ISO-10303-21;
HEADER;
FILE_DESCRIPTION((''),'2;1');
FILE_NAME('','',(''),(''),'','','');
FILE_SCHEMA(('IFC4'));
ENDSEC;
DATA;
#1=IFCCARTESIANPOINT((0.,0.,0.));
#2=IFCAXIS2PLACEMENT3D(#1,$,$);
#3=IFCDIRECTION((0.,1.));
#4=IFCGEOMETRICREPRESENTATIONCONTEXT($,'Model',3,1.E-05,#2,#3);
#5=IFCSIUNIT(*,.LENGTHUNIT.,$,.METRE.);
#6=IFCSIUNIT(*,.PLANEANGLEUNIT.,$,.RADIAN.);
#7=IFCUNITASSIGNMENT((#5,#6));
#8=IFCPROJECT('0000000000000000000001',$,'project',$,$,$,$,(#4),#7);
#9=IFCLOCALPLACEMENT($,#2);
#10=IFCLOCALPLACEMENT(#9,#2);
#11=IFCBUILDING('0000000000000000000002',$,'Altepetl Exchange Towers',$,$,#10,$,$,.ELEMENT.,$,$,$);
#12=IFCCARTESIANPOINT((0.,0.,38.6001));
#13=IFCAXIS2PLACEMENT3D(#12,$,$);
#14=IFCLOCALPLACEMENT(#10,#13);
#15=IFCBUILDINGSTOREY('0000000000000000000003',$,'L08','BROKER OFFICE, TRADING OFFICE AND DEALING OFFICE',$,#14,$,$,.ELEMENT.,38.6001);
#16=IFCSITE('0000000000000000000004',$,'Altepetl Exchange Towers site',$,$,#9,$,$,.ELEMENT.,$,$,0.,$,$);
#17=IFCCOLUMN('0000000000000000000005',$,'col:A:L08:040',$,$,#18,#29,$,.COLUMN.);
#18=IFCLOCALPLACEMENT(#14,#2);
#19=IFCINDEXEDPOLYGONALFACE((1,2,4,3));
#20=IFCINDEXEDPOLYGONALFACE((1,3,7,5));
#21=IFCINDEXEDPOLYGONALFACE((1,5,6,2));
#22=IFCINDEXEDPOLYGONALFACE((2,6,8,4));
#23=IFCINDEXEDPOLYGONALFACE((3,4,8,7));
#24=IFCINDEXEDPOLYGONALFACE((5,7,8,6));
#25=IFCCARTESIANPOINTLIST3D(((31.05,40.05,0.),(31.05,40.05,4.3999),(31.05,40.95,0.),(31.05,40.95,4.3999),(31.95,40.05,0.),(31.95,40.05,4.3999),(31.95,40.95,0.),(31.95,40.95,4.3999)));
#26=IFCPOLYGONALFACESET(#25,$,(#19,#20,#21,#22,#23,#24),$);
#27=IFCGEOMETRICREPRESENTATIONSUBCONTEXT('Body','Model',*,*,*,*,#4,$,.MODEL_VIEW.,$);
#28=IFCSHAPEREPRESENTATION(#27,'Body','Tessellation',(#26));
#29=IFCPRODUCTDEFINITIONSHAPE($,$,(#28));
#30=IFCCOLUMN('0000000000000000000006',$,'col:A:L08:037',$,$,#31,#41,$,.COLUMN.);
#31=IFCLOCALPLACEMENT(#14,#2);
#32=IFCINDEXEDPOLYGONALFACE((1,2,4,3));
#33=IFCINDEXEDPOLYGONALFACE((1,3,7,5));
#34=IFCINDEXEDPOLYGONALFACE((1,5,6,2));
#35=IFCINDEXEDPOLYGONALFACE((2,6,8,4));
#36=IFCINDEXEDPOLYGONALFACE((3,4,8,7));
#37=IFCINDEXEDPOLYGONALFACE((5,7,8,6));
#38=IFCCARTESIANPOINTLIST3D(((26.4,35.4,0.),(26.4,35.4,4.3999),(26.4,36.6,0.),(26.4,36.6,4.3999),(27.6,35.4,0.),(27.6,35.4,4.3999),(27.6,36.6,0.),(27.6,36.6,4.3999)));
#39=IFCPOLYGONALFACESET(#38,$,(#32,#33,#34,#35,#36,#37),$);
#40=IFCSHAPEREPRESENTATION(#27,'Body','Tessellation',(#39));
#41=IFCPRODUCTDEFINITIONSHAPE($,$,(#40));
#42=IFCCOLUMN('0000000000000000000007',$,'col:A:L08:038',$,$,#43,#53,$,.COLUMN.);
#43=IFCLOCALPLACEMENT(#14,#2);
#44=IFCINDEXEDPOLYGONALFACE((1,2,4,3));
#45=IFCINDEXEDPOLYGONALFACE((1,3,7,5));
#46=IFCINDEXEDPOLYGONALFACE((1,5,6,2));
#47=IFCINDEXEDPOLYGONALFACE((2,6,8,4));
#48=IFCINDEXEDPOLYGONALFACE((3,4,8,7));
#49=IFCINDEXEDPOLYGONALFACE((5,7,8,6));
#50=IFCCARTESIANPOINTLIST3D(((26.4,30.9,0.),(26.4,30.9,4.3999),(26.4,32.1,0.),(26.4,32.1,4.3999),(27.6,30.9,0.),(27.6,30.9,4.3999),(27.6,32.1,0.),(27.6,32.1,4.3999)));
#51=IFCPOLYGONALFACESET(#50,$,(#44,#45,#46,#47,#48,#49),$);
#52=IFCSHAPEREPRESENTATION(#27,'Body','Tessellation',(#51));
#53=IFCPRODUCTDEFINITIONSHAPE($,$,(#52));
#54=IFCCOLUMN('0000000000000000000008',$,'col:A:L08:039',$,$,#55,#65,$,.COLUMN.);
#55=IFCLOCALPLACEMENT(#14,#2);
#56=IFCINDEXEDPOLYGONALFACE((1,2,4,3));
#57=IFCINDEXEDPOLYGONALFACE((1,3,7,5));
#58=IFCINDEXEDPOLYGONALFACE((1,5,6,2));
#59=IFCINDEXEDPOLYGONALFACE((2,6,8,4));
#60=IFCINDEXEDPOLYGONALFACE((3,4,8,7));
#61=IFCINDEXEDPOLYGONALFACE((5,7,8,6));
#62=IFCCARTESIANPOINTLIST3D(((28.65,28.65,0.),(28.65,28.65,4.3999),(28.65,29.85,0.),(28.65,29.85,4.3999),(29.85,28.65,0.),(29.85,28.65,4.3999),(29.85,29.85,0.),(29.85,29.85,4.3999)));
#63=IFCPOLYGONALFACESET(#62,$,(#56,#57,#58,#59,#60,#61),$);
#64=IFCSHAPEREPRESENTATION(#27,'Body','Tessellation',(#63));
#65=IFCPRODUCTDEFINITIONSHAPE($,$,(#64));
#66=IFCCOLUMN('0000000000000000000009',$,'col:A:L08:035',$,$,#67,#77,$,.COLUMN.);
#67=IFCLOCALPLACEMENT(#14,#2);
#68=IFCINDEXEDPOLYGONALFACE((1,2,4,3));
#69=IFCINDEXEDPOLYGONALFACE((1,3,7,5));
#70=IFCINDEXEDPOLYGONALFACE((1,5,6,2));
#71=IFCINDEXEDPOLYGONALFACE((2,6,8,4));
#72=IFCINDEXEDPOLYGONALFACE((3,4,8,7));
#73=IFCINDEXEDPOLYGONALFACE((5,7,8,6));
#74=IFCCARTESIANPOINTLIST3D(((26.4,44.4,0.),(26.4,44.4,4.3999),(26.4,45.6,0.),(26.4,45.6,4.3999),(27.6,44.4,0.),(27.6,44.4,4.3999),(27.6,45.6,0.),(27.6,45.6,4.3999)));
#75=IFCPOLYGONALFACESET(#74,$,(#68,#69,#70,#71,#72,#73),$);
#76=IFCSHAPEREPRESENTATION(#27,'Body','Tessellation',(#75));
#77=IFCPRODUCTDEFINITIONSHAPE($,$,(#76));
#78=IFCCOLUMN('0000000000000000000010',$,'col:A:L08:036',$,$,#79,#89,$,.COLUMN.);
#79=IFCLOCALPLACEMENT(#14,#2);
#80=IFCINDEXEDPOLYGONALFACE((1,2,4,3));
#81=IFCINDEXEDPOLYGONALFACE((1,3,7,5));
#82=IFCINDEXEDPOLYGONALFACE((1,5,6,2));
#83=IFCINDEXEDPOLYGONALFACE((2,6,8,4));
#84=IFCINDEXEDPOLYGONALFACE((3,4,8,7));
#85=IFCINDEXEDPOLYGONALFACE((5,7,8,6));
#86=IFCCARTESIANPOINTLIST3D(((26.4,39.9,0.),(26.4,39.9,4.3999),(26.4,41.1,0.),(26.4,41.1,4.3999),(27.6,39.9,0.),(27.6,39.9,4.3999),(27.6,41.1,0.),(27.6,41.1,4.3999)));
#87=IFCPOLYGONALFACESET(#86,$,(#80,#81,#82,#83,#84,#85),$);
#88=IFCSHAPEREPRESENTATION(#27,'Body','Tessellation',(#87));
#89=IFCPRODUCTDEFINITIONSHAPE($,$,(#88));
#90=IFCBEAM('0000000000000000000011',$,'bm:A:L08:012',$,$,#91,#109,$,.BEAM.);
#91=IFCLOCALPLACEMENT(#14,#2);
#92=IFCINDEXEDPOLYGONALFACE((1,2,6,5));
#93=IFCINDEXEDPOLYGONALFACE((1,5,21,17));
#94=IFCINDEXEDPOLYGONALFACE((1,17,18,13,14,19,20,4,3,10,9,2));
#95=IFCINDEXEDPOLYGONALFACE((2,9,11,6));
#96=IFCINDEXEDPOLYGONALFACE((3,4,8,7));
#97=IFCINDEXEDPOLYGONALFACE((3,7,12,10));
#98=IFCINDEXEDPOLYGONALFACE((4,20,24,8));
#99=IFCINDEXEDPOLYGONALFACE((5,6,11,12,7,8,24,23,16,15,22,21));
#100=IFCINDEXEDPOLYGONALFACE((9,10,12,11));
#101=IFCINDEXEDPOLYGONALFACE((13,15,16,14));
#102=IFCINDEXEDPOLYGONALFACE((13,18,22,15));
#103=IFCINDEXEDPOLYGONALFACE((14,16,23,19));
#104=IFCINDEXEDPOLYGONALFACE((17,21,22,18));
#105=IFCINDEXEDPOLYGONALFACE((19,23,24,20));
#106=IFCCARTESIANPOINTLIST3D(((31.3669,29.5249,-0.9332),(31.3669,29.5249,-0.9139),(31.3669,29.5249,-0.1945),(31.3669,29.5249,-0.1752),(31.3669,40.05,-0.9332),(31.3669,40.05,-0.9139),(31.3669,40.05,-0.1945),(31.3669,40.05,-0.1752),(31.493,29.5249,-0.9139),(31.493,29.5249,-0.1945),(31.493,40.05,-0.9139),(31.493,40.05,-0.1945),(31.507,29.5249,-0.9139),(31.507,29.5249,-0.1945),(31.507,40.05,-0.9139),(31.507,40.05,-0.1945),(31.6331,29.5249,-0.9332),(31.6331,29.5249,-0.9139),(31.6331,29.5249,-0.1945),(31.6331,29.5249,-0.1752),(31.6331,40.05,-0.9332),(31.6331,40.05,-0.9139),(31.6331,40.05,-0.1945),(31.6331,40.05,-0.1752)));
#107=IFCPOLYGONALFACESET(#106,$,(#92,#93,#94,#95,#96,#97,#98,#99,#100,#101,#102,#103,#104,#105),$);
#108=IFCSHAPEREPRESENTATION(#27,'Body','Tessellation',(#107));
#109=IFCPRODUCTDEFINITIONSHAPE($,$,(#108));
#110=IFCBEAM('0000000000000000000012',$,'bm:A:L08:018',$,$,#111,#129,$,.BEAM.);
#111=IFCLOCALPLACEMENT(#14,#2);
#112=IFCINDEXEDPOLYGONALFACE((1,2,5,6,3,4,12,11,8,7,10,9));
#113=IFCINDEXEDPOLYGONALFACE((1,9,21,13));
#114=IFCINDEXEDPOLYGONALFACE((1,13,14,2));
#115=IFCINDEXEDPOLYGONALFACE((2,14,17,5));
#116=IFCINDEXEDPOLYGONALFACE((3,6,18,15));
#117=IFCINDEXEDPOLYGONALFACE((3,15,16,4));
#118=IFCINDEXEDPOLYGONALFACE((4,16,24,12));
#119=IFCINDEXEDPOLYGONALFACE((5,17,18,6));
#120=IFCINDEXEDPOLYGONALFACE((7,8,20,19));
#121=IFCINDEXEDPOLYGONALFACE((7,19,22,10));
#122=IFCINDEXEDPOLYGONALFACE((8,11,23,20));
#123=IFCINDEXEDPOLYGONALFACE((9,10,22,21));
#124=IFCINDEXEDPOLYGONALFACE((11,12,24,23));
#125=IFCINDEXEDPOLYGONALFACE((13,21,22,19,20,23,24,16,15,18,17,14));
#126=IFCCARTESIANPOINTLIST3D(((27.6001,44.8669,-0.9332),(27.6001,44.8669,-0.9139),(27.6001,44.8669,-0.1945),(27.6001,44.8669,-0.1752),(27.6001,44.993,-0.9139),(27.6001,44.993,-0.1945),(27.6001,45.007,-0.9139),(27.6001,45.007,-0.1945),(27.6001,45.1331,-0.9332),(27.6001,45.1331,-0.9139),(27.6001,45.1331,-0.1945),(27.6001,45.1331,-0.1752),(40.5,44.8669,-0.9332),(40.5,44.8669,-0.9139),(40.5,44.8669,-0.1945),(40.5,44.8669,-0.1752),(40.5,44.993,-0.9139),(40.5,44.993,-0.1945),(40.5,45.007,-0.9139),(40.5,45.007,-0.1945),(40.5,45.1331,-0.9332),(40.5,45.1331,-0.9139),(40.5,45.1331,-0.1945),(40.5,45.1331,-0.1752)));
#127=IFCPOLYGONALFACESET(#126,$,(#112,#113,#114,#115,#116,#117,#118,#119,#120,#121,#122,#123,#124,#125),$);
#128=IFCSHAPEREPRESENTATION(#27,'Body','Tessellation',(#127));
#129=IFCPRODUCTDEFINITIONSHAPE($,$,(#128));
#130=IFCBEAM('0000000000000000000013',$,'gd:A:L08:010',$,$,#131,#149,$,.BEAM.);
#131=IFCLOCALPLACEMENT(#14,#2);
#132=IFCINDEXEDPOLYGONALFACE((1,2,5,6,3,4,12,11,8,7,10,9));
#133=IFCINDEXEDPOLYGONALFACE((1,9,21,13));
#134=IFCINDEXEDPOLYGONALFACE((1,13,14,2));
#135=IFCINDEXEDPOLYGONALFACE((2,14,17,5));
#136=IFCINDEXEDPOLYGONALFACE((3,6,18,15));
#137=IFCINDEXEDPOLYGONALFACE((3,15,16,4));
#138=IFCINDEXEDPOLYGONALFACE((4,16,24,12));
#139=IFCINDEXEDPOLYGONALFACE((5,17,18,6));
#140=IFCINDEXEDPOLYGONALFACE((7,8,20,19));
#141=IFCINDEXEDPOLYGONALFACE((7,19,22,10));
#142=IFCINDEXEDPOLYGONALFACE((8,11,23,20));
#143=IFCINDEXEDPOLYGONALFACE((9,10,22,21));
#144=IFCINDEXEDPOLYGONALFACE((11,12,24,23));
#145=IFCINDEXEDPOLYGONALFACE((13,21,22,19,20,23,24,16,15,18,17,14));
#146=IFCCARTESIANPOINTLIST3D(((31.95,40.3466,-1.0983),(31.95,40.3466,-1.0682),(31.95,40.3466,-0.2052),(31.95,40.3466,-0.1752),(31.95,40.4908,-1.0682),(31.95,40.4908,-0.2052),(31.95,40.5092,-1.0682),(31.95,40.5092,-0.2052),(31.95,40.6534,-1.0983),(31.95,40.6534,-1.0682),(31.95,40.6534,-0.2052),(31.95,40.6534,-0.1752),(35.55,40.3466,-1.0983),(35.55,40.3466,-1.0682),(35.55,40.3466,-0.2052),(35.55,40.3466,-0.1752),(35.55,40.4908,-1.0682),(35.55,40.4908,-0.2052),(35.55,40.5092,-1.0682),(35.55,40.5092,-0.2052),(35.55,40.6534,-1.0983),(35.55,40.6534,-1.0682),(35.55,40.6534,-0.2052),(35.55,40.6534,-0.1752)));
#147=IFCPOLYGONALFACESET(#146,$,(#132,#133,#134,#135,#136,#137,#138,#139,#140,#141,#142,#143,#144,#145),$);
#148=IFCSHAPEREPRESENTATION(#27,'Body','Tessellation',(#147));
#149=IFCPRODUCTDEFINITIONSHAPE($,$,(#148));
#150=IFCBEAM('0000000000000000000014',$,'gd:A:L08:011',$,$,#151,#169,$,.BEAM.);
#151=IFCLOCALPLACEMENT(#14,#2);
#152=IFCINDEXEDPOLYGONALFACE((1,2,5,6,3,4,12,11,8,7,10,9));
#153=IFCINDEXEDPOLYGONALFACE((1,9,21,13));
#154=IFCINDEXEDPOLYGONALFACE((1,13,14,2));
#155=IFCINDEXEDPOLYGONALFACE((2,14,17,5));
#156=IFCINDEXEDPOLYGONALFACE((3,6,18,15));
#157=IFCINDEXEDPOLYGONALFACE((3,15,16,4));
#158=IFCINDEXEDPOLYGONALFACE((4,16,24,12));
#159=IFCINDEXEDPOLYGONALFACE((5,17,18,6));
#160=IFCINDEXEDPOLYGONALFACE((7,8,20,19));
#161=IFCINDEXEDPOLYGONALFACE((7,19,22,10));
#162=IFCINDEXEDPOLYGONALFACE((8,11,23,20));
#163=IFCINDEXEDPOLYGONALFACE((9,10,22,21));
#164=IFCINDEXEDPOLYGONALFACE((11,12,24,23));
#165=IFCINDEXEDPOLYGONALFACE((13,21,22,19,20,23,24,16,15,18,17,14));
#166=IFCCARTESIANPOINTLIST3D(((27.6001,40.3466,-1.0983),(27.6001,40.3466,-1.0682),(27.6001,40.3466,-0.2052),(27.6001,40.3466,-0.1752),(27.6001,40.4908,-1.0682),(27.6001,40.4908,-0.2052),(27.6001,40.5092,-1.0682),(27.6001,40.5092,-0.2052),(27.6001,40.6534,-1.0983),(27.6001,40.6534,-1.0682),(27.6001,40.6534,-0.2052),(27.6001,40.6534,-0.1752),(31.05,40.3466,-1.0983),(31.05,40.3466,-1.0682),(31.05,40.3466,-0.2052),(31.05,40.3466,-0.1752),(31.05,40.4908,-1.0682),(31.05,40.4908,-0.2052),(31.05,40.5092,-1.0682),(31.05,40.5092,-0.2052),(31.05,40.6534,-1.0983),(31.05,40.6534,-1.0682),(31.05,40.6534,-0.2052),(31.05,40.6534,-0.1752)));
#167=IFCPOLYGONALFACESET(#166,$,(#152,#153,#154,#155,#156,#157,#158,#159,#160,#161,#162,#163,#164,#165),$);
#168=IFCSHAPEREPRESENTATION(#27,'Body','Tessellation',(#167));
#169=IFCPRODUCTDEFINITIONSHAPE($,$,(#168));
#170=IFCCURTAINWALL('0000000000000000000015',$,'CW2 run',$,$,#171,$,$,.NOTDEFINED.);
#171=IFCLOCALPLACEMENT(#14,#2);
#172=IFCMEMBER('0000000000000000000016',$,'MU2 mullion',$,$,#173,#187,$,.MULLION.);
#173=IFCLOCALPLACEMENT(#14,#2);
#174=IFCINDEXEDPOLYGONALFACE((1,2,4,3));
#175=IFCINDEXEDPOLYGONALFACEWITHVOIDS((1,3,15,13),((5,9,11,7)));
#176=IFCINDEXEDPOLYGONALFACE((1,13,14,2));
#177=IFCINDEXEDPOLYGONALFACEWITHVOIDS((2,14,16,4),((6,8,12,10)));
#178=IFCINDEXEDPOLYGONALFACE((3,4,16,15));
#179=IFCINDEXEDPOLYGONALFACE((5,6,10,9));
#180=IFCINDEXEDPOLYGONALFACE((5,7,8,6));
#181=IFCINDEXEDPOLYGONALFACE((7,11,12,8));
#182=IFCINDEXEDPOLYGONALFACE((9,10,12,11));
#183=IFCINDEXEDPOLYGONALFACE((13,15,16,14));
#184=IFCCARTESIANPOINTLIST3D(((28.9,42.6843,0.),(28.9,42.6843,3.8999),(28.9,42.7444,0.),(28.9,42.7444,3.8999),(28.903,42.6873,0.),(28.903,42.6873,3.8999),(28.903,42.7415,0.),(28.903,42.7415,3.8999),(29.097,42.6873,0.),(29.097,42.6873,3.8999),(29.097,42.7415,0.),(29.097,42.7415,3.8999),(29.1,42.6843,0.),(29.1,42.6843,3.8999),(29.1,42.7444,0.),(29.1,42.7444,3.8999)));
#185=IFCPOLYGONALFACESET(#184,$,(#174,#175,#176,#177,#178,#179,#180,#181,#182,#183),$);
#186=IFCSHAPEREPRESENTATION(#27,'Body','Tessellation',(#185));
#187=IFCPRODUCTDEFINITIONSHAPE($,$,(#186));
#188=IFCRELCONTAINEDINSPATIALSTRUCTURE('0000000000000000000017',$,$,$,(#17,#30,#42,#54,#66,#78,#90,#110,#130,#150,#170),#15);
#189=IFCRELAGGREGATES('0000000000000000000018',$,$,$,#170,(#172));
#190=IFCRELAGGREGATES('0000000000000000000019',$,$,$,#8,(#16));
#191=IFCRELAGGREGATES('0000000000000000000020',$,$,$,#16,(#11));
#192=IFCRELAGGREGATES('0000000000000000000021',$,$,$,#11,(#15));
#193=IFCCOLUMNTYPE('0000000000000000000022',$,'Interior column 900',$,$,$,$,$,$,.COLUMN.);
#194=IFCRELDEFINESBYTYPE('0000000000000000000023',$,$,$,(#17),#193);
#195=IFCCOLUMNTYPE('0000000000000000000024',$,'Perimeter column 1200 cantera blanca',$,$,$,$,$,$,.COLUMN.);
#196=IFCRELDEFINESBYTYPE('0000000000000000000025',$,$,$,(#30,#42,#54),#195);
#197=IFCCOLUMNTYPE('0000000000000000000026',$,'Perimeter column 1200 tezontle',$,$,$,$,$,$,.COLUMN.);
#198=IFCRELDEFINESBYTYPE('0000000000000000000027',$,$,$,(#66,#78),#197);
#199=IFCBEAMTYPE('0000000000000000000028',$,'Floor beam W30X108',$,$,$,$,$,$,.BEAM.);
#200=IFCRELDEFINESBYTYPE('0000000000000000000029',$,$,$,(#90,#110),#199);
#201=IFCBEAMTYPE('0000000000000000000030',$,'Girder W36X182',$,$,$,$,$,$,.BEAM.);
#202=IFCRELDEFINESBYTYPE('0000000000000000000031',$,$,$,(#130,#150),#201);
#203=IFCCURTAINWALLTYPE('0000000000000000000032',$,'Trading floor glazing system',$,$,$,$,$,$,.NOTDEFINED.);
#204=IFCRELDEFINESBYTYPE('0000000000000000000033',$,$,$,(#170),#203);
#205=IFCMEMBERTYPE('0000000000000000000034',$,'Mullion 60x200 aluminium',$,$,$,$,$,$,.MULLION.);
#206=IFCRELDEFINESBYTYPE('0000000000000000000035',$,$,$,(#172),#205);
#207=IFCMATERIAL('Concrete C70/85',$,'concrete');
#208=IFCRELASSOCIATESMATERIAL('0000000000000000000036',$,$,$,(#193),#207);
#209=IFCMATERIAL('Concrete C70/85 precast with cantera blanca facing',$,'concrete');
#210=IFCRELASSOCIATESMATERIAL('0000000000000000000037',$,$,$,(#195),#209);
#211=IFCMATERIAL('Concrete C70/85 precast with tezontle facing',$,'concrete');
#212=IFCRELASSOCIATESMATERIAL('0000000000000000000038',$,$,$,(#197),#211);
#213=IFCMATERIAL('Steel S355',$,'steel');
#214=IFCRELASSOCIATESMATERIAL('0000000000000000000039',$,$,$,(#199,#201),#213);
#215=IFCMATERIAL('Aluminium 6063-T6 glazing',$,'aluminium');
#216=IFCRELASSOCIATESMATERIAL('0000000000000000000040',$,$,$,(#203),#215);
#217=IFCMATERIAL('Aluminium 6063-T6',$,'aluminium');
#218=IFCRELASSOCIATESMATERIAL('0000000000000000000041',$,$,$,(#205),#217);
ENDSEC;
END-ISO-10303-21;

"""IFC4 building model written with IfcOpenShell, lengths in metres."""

from ifc_helpers import new_model, si_unit, direction, frame, origin, origin_2d, place, context, subcontext, project, spatial, rectangle, hollow_rectangle, i_section, extrude, material, material_profile, profile_set, type_object, element, aggregate, save


model = new_model("IFC4")

# Units and contexts
model_context = context("Model", 3, precision=1e-05, world=origin(), true_north=direction((0.0, 1.0)))
body_context = subcontext(model_context, "Body", "Model", "MODEL_VIEW")
ifc_project = project(units=[si_unit("LENGTHUNIT", "METRE"), si_unit("PLANEANGLEUNIT", "RADIAN")], contexts=[model_context])

# Site, building, storey
site_placement = place(None, origin())
site = spatial("IfcSite", under=ifc_project, at=site_placement, Name="Altepetl Exchange Towers site", CompositionType="ELEMENT", RefElevation=0.0)
building_placement = place(site_placement, origin())
building = spatial("IfcBuilding", under=site, at=building_placement, Name="Altepetl Exchange Towers", CompositionType="ELEMENT")
storey_placement = place(building_placement, frame((0.0, 0.0, 38.6001)))
storey = spatial("IfcBuildingStorey", under=building, at=storey_placement, Name="L08", Description="BROKER OFFICE, TRADING OFFICE AND DEALING OFFICE", CompositionType="ELEMENT", Elevation=38.6001)

# Columns
ifc_material_1 = material(Name="Concrete C70/85", Category="concrete")
ifc_material_profile_1 = material_profile(ifc_material_1, rectangle(XDim=0.8999, YDim=0.8999, at=origin_2d()), Name="900 x 900")
ifc_profile_set_1 = profile_set([ifc_material_profile_1], Name="Concrete C70/85")
column_type_1 = type_object("IfcColumnType", Name="Interior column 900", PredefinedType="COLUMN", material=ifc_profile_set_1)
column_placement = place(storey_placement, frame((31.5, 40.5, 0.0)))
element("IfcColumn", 1, at=column_placement, inside=storey, type_object=column_type_1, Name="col:A:L08:040", PredefinedType="COLUMN", context=body_context, shape_type="SweptSolid", body=[
    extrude(rectangle(XDim=0.8999, YDim=0.8999, at=origin_2d()), origin(), (0.0, 0.0, 1.0), 4.3999),
])
ifc_material_2 = material(Name="Concrete C70/85 precast with cantera blanca facing", Category="concrete")
ifc_material_profile_2 = material_profile(ifc_material_2, rectangle(XDim=1.2, YDim=1.2, at=origin_2d()), Name="1200 x 1200")
ifc_profile_set_2 = profile_set([ifc_material_profile_2], Name="Concrete C70/85 precast with cantera blanca facing")
column_type_2 = type_object("IfcColumnType", Name="Perimeter column 1200 cantera blanca", PredefinedType="COLUMN", material=ifc_profile_set_2)
for number, where, name in (
    (2, (27.0, 36.0, 0.0), "col:A:L08:037"),
    (3, (27.0, 31.5, 0.0), "col:A:L08:038"),
    (4, (29.25, 29.25, 0.0), "col:A:L08:039"),
):
    element("IfcColumn", number, at=place(storey_placement, frame(where)), inside=storey, type_object=column_type_2, Name=name, PredefinedType="COLUMN", context=body_context, shape_type="SweptSolid", body=[
        extrude(rectangle(XDim=1.2, YDim=1.2, at=origin_2d()), origin(), (0.0, 0.0, 1.0), 4.3999),
    ])
ifc_material_3 = material(Name="Concrete C70/85 precast with tezontle facing", Category="concrete")
ifc_material_profile_3 = material_profile(ifc_material_3, rectangle(XDim=1.2, YDim=1.2, at=origin_2d()), Name="1200 x 1200")
ifc_profile_set_3 = profile_set([ifc_material_profile_3], Name="Concrete C70/85 precast with tezontle facing")
column_type_3 = type_object("IfcColumnType", Name="Perimeter column 1200 tezontle", PredefinedType="COLUMN", material=ifc_profile_set_3)
for number, where, name in (
    (5, (27.0, 45.0, 0.0), "col:A:L08:035"),
    (6, (27.0, 40.5, 0.0), "col:A:L08:036"),
):
    element("IfcColumn", number, at=place(storey_placement, frame(where)), inside=storey, type_object=column_type_3, Name=name, PredefinedType="COLUMN", context=body_context, shape_type="SweptSolid", body=[
        extrude(rectangle(XDim=1.2, YDim=1.2, at=origin_2d()), origin(), (0.0, 0.0, 1.0), 4.3999),
    ])

# Beams
ifc_material_4 = material(Name="Steel S355", Category="steel")
ifc_material_profile_4 = material_profile(ifc_material_4, i_section(OverallWidth=0.2661, OverallDepth=0.7581, WebThickness=0.0139, FlangeThickness=0.0193, at=origin_2d()), Name="W30X108")
ifc_profile_set_4 = profile_set([ifc_material_profile_4], Name="Steel S355")
beam_type_1 = type_object("IfcBeamType", Name="Floor beam W30X108", PredefinedType="BEAM", material=ifc_profile_set_4)
beam_1_placement = place(storey_placement, frame((31.5, 29.5249, -0.5542), z_axis=(0.0, 1.0, 0.0), x_axis=(-1.0, 0.0, 0.0)))
element("IfcBeam", 7, at=beam_1_placement, inside=storey, type_object=beam_type_1, Name="bm:A:L08:012", PredefinedType="BEAM", context=body_context, shape_type="SweptSolid", body=[
    extrude(i_section(OverallWidth=0.2661, OverallDepth=0.7581, WebThickness=0.0139, FlangeThickness=0.0193, at=origin_2d()), origin(), (0.0, 0.0, 1.0), 10.5251),
])
beam_2_placement = place(storey_placement, frame((27.6001, 45.0, -0.5542), z_axis=(1.0, 0.0, 0.0), x_axis=(0.0, 1.0, 0.0)))
element("IfcBeam", 8, at=beam_2_placement, inside=storey, type_object=beam_type_1, Name="bm:A:L08:018", PredefinedType="BEAM", context=body_context, shape_type="SweptSolid", body=[
    extrude(i_section(OverallWidth=0.2661, OverallDepth=0.7581, WebThickness=0.0139, FlangeThickness=0.0193, at=origin_2d()), origin(), (0.0, 0.0, 1.0), 12.8999),
])
ifc_material_profile_5 = material_profile(ifc_material_4, i_section(OverallWidth=0.3069, OverallDepth=0.9231, WebThickness=0.0183, FlangeThickness=0.03, at=origin_2d()), Name="W36X182")
ifc_profile_set_5 = profile_set([ifc_material_profile_5], Name="Steel S355")
beam_type_2 = type_object("IfcBeamType", Name="Girder W36X182", PredefinedType="BEAM", material=ifc_profile_set_5)
beam_3_placement = place(storey_placement, frame((35.55, 40.5, -0.6367), z_axis=(-1.0, 0.0, 0.0), x_axis=(0.0, -1.0, 0.0)))
element("IfcBeam", 9, at=beam_3_placement, inside=storey, type_object=beam_type_2, Name="gd:A:L08:010", PredefinedType="BEAM", context=body_context, shape_type="SweptSolid", body=[
    extrude(i_section(OverallWidth=0.3069, OverallDepth=0.9231, WebThickness=0.0183, FlangeThickness=0.03, at=origin_2d()), origin(), (0.0, 0.0, 1.0), 3.6001),
])
beam_4_placement = place(storey_placement, frame((31.05, 40.5, -0.6367), z_axis=(-1.0, 0.0, 0.0), x_axis=(0.0, -1.0, 0.0)))
element("IfcBeam", 10, at=beam_4_placement, inside=storey, type_object=beam_type_2, Name="gd:A:L08:011", PredefinedType="BEAM", context=body_context, shape_type="SweptSolid", body=[
    extrude(i_section(OverallWidth=0.3069, OverallDepth=0.9231, WebThickness=0.0183, FlangeThickness=0.03, at=origin_2d()), origin(), (0.0, 0.0, 1.0), 3.45),
])

# Curtain wall, member
ifc_material_5 = material(Name="Aluminium 6063-T6 glazing", Category="aluminium")
curtain_wall_type = type_object("IfcCurtainWallType", Name="Trading floor glazing system", PredefinedType="NOTDEFINED", material=ifc_material_5)
curtain_wall_1_placement = place(storey_placement, origin())
curtain_wall_1 = element("IfcCurtainWall", 11, at=curtain_wall_1_placement, inside=storey, type_object=curtain_wall_type, Name="CW2 run", PredefinedType="NOTDEFINED")
ifc_material_6 = material(Name="Aluminium 6063-T6", Category="aluminium")
ifc_material_profile_6 = material_profile(ifc_material_6, hollow_rectangle(XDim=0.0601, YDim=0.2, WallThickness=0.0029, at=origin_2d()), Name="Mullion 60x200 aluminium")
ifc_profile_set_6 = profile_set([ifc_material_profile_6], Name="Aluminium 6063-T6")
member_type = type_object("IfcMemberType", Name="Mullion 60x200 aluminium", PredefinedType="MULLION", material=ifc_profile_set_6)
member_1_placement = place(storey_placement, frame((29.0, 42.7144, 0.0), z_axis=(0.0, 0.0, 1.0), x_axis=(0.0, -1.0, 0.0)))
member_1 = element("IfcMember", 12, at=member_1_placement, type_object=member_type, Name="MU2 mullion", PredefinedType="MULLION", context=body_context, shape_type="SweptSolid", body=[
    extrude(hollow_rectangle(XDim=0.0601, YDim=0.2, WallThickness=0.0029, at=origin_2d()), origin(), (0.0, 0.0, 1.0), 3.8999),
])

aggregate(curtain_wall_1, [member_1])

save(model, "model.ifc")
